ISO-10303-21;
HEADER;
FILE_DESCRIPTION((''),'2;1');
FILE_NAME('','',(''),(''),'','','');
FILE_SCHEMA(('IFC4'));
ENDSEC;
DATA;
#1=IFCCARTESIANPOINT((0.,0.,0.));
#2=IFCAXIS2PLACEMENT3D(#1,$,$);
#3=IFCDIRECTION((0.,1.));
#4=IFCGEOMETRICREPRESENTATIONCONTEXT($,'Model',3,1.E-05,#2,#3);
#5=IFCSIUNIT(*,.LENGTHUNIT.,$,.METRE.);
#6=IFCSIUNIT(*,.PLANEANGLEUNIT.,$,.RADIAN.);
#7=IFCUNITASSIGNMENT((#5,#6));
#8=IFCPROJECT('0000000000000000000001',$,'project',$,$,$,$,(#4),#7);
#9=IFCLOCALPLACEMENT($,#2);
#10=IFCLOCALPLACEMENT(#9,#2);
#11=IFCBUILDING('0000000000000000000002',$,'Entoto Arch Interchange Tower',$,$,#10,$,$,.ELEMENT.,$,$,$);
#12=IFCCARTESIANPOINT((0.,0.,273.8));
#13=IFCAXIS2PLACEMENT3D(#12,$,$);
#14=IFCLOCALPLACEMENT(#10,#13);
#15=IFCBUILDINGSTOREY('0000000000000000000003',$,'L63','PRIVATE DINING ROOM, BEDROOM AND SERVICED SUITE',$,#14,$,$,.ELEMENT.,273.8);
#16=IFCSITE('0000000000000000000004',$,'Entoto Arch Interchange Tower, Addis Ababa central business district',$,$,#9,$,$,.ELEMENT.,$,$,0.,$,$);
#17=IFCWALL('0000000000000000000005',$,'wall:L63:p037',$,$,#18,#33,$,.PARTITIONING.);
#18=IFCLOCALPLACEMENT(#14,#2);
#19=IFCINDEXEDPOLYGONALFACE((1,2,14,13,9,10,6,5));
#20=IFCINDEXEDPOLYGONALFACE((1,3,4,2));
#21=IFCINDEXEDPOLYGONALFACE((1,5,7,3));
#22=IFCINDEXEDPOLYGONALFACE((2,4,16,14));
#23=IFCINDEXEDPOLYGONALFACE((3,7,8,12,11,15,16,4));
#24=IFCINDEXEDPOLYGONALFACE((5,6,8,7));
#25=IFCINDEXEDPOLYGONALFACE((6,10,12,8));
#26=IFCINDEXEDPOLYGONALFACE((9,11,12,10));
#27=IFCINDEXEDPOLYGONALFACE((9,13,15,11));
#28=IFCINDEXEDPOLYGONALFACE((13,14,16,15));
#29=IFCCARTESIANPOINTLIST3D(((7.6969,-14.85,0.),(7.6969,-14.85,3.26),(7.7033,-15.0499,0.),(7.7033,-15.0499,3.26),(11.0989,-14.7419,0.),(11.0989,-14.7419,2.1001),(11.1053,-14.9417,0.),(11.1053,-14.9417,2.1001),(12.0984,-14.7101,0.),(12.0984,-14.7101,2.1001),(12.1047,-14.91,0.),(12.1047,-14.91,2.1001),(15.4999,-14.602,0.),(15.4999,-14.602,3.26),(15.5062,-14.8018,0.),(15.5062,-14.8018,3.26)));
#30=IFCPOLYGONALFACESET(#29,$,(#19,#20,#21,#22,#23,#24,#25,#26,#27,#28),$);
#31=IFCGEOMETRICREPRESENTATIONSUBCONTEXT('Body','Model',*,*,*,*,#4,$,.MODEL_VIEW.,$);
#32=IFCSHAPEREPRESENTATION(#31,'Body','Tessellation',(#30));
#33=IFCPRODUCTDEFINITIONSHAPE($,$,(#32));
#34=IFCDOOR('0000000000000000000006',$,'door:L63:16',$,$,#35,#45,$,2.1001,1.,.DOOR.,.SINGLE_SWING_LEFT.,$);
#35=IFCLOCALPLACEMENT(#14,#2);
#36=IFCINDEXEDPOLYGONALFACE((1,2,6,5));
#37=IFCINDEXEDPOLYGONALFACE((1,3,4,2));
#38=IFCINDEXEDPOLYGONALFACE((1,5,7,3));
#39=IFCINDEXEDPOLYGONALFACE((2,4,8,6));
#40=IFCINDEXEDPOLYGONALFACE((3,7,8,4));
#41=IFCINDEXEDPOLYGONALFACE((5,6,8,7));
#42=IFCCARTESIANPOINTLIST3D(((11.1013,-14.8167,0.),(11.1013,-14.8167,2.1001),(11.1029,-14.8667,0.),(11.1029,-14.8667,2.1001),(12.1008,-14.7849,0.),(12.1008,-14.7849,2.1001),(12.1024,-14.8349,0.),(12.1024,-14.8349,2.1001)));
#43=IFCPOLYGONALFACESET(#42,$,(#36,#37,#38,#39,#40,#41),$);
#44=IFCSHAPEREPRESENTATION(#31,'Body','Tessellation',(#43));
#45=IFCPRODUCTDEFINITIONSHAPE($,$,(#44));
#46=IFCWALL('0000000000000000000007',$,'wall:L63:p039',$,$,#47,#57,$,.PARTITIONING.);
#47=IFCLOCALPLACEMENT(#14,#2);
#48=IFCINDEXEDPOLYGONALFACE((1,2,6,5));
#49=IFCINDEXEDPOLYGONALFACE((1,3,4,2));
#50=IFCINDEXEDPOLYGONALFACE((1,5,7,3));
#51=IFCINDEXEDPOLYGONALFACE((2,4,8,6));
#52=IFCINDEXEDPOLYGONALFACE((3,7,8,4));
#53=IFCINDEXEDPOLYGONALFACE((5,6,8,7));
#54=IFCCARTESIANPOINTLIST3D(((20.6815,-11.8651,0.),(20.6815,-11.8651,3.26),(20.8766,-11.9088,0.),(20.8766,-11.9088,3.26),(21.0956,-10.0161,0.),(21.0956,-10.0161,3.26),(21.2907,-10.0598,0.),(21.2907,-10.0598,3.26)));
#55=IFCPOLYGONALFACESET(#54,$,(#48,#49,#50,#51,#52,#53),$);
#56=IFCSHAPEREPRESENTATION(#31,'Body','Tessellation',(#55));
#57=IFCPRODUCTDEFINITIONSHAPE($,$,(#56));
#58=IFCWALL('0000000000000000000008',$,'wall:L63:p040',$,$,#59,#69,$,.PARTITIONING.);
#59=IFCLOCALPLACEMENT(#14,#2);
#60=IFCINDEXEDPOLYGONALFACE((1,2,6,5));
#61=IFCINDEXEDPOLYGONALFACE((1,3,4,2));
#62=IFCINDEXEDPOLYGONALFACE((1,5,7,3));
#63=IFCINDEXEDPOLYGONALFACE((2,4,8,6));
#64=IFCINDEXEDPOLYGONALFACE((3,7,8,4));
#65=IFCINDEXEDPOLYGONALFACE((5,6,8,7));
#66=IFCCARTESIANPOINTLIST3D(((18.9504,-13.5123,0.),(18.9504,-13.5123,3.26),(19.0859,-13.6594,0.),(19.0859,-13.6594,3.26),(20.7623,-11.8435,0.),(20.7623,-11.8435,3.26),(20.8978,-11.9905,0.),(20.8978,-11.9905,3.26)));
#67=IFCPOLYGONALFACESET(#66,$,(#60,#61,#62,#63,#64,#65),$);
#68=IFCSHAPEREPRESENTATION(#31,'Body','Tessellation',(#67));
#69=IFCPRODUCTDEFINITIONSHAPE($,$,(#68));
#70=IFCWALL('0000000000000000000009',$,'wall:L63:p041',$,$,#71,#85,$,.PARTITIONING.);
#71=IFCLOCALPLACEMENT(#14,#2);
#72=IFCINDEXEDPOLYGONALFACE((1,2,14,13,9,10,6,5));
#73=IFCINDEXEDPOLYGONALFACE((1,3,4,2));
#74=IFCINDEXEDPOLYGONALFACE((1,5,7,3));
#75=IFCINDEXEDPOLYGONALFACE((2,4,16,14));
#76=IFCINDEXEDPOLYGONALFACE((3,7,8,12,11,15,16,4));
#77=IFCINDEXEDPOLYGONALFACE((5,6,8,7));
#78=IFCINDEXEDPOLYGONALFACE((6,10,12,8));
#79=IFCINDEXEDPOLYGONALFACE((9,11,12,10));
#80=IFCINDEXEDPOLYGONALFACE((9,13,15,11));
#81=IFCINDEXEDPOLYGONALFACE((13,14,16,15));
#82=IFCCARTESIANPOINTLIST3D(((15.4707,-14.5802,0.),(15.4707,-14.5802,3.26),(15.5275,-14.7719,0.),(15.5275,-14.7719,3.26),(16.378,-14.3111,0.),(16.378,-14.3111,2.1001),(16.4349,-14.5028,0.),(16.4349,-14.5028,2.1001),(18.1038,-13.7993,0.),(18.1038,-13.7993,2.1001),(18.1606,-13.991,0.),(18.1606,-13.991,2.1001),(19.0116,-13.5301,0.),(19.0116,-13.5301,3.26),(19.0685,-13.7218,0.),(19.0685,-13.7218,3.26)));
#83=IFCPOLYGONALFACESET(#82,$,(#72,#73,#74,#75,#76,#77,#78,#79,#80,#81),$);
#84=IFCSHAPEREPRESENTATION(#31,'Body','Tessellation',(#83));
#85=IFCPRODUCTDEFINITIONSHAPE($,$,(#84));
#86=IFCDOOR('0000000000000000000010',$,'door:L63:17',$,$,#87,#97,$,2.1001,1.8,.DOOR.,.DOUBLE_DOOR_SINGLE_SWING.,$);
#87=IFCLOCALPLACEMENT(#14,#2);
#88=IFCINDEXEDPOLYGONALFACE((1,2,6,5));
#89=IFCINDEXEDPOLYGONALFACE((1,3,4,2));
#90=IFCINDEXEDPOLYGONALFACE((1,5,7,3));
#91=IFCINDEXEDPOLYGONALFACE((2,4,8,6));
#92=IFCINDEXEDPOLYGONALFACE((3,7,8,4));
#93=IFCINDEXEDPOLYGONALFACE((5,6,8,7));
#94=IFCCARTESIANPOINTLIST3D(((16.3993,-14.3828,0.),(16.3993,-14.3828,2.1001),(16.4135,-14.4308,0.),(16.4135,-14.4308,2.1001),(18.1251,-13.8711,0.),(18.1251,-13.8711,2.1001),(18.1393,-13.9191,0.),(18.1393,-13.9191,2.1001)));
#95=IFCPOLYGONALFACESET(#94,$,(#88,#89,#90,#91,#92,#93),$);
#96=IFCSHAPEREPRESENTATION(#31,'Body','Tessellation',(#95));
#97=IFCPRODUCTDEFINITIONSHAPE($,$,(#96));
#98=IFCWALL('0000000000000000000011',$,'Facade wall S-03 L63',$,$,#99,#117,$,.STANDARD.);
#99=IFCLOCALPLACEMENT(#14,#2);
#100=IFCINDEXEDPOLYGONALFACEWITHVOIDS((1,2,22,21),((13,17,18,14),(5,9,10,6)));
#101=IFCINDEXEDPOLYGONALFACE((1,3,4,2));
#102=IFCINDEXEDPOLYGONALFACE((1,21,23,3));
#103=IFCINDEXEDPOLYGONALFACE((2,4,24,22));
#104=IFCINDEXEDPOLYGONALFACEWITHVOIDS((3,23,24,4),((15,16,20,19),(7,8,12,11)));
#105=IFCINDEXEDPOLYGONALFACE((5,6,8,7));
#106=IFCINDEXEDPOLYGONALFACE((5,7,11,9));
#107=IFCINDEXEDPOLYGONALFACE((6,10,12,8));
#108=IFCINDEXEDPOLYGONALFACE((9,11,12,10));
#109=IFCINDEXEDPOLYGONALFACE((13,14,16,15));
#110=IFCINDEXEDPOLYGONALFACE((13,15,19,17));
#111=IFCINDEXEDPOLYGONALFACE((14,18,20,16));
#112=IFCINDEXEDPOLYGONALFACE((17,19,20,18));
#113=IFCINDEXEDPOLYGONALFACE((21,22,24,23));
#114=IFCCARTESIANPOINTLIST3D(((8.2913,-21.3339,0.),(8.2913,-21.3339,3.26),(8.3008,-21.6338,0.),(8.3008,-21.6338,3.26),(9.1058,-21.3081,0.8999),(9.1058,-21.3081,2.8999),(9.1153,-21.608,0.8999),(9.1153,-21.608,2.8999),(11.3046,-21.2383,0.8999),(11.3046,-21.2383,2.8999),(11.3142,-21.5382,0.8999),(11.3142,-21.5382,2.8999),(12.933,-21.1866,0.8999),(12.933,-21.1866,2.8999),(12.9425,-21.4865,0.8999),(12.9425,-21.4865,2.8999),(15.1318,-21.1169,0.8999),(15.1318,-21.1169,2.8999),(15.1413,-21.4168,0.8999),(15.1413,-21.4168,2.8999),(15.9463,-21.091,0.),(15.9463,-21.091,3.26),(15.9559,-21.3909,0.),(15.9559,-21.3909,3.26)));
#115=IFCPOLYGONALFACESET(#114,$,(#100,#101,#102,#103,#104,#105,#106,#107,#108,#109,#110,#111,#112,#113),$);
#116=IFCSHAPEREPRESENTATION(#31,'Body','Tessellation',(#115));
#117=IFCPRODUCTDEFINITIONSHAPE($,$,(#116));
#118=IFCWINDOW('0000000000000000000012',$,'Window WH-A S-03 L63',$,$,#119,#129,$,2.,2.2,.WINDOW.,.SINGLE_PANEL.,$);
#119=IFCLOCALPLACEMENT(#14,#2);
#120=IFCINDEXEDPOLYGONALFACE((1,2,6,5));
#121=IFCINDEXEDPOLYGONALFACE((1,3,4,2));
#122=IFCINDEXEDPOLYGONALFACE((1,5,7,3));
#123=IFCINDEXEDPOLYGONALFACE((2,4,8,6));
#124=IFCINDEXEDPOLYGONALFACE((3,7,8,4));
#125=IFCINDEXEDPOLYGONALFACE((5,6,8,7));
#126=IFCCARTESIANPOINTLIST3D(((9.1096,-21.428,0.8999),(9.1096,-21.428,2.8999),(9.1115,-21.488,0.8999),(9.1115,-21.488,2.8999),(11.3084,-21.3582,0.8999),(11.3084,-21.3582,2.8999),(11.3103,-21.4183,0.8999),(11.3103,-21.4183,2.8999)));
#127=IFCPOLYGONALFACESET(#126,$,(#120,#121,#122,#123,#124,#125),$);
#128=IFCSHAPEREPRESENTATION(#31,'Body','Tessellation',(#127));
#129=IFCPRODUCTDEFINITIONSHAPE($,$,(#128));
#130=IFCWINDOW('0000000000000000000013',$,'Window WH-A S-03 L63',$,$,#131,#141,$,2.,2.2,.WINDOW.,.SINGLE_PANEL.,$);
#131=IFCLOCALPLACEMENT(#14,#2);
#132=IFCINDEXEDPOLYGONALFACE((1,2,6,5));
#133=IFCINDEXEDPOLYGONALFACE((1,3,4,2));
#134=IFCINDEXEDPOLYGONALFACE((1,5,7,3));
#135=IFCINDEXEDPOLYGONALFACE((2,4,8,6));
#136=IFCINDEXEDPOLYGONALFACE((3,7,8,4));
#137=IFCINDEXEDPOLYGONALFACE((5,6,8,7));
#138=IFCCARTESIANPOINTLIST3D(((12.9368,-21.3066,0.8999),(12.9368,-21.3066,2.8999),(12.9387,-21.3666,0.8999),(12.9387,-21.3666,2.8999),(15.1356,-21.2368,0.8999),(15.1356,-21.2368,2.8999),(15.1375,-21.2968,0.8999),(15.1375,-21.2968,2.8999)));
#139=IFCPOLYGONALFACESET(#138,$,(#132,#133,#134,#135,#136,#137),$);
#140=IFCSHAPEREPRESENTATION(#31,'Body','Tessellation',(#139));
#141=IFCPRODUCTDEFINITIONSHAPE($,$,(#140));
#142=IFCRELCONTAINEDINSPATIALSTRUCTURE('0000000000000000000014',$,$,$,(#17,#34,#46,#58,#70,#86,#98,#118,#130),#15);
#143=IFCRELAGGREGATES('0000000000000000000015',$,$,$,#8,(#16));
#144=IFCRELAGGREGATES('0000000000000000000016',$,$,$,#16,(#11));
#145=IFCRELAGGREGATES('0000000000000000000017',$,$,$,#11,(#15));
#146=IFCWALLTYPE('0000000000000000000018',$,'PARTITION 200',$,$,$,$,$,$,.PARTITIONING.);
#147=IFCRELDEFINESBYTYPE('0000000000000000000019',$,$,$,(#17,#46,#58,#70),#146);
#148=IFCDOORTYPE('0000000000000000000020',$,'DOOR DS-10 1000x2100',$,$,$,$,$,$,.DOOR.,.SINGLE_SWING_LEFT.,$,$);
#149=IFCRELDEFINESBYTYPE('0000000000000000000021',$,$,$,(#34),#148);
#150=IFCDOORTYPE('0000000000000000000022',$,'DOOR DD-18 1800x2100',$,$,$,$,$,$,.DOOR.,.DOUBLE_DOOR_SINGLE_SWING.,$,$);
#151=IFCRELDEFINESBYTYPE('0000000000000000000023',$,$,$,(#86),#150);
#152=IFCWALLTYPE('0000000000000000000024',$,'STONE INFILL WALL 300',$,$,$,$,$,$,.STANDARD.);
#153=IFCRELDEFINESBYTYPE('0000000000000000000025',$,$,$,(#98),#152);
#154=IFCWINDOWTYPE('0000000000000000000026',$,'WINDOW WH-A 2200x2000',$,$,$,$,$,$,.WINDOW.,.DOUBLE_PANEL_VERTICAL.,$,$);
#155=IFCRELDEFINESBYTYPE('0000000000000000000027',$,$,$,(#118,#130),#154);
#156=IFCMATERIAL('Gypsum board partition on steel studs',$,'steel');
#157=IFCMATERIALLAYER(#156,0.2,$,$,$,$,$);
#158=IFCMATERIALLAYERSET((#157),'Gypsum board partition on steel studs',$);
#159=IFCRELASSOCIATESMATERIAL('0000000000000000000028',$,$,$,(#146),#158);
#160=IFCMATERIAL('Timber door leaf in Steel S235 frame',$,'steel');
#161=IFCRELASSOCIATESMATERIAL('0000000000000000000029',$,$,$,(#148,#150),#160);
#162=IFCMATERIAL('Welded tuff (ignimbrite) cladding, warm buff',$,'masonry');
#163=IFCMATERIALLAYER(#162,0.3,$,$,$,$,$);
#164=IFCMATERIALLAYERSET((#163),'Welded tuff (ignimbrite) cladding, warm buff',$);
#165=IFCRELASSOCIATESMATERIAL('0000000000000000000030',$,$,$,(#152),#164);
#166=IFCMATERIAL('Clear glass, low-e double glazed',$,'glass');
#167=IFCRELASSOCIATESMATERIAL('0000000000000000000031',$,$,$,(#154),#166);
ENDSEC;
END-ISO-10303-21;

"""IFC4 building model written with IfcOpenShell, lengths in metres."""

from ifc_helpers import new_model, si_unit, direction, frame, frame_2d, origin, place, context, subcontext, project, spatial, rectangle, extrude, material, layer, layer_set, type_object, element, fill, save


model = new_model("IFC4")

# Units and contexts
model_context = context("Model", 3, precision=1e-05, world=origin(), true_north=direction((0.0, 1.0)))
body_context = subcontext(model_context, "Body", "Model", "MODEL_VIEW")
ifc_project = project(units=[si_unit("LENGTHUNIT", "METRE"), si_unit("PLANEANGLEUNIT", "RADIAN")], contexts=[model_context])

# Site, building, storey
site_placement = place(None, origin())
site = spatial("IfcSite", under=ifc_project, at=site_placement, Name="Entoto Arch Interchange Tower, Addis Ababa central business district", CompositionType="ELEMENT", RefElevation=0.0)
building_placement = place(site_placement, origin())
building = spatial("IfcBuilding", under=site, at=building_placement, Name="Entoto Arch Interchange Tower", CompositionType="ELEMENT")
storey_placement = place(building_placement, frame((0.0, 0.0, 273.8)))
storey = spatial("IfcBuildingStorey", under=building, at=storey_placement, Name="L63", Description="PRIVATE DINING ROOM, BEDROOM AND SERVICED SUITE", CompositionType="ELEMENT", Elevation=273.8)

# Shared definitions
ifc_material_1 = material(Name="Gypsum board partition on steel studs", Category="steel")
ifc_layer_1 = layer(ifc_material_1, 0.2)
ifc_layer_set_1 = layer_set([ifc_layer_1], Name="Gypsum board partition on steel studs")
wall_type_1 = type_object("IfcWallType", Name="PARTITION 200", PredefinedType="PARTITIONING", material=ifc_layer_set_1)

# Shared definitions
ifc_material_2 = material(Name="Timber door leaf in Steel S235 frame", Category="steel")
door_type_1 = type_object("IfcDoorType", Name="DOOR DS-10 1000x2100", OperationType="SINGLE_SWING_LEFT", PredefinedType="DOOR", material=ifc_material_2)

# Wall, opening, door
wall_1_placement = place(storey_placement, frame((15.5029, -14.7019, 0.0), z_axis=(0.0, 0.0, 1.0), x_axis=(-0.999495, -0.031773, 0.0)))
wall_1 = element("IfcWall", 1, at=wall_1_placement, inside=storey, type_object=wall_type_1, Name="wall:L63:p037", PredefinedType="PARTITIONING", context=body_context, shape_type="SweptSolid", body=[
    extrude(rectangle(XDim=7.8069, YDim=0.2, at=frame_2d((3.9033, 0.0))), origin(), (0.0, 0.0, 1.0), 3.26),
])
opening_1_placement = place(wall_1_placement, frame((3.4031, 0.0, 0.0)))
opening_1 = element("IfcOpeningElement", 2, at=opening_1_placement, cuts=wall_1, PredefinedType="OPENING", context=body_context, shape_type="SweptSolid", body=[
    extrude(rectangle(XDim=1.0, YDim=2.1001, at=frame_2d((0.5, 1.05))), frame((0.0, 0.1099, 0.0), z_axis=(0.0, -1.0, 0.0), x_axis=(1.0, 0.0, 0.0)), (0.0, 0.0, 1.0), 0.22),
])
door_1_placement = place(opening_1_placement, origin())
door_1 = element("IfcDoor", 3, at=door_1_placement, inside=storey, type_object=door_type_1, Name="door:L63:16", OperationType="SINGLE_SWING_LEFT", OverallHeight=2.1001, OverallWidth=1.0, PredefinedType="DOOR", context=body_context, shape_type="SweptSolid", body=[
    extrude(rectangle(XDim=1.0, YDim=2.1001, at=frame_2d((0.5, 1.05))), frame((0.0, 0.0249, 0.0), z_axis=(0.0, -1.0, 0.0), x_axis=(1.0, 0.0, 0.0)), (0.0, 0.0, 1.0), 0.05),
])
fill(opening_1, door_1)

# Walls
wall_2_placement = place(storey_placement, frame((21.1931, -10.0381, 0.0), z_axis=(0.0, 0.0, 1.0), x_axis=(-0.21854, -0.975828, 0.0)))
element("IfcWall", 4, at=wall_2_placement, inside=storey, type_object=wall_type_1, Name="wall:L63:p039", PredefinedType="PARTITIONING", context=body_context, shape_type="SweptSolid", body=[
    extrude(rectangle(XDim=1.8948, YDim=0.2, at=frame_2d((0.9473, 0.0))), origin(), (0.0, 0.0, 1.0), 3.26),
])
wall_3_placement = place(storey_placement, frame((20.8301, -11.917, 0.0), z_axis=(0.0, 0.0, 1.0), x_axis=(-0.735548, -0.677473, 0.0)))
element("IfcWall", 5, at=wall_3_placement, inside=storey, type_object=wall_type_1, Name="wall:L63:p040", PredefinedType="PARTITIONING", context=body_context, shape_type="SweptSolid", body=[
    extrude(rectangle(XDim=2.4634, YDim=0.2, at=frame_2d((1.2317, 0.0))), origin(), (0.0, 0.0, 1.0), 3.26),
])

# Wall, opening, door
wall_4_placement = place(storey_placement, frame((19.04, -13.626, 0.0), z_axis=(0.0, 0.0, 1.0), x_axis=(-0.958735, -0.284302, 0.0)))
wall_4 = element("IfcWall", 6, at=wall_4_placement, inside=storey, type_object=wall_type_1, Name="wall:L63:p041", PredefinedType="PARTITIONING", context=body_context, shape_type="SweptSolid", body=[
    extrude(rectangle(XDim=3.6934, YDim=0.2, at=frame_2d((1.8467, 0.0))), origin(), (0.0, 0.0, 1.0), 3.26),
])
opening_2_placement = place(wall_4_placement, frame((0.947, 0.0, 0.0)))
opening_2 = element("IfcOpeningElement", 7, at=opening_2_placement, cuts=wall_4, PredefinedType="OPENING", context=body_context, shape_type="SweptSolid", body=[
    extrude(rectangle(XDim=1.8, YDim=2.1001, at=frame_2d((0.8999, 1.05))), frame((0.0, 0.1099, 0.0), z_axis=(0.0, -1.0, 0.0), x_axis=(1.0, 0.0, 0.0)), (0.0, 0.0, 1.0), 0.22),
])
door_type_2 = type_object("IfcDoorType", Name="DOOR DD-18 1800x2100", OperationType="DOUBLE_DOOR_SINGLE_SWING", PredefinedType="DOOR", material=ifc_material_2)
door_2_placement = place(opening_2_placement, origin())
door_2 = element("IfcDoor", 8, at=door_2_placement, inside=storey, type_object=door_type_2, Name="door:L63:17", OperationType="DOUBLE_DOOR_SINGLE_SWING", OverallHeight=2.1001, OverallWidth=1.8, PredefinedType="DOOR", context=body_context, shape_type="SweptSolid", body=[
    extrude(rectangle(XDim=1.8, YDim=2.1001, at=frame_2d((0.8999, 1.05))), frame((0.0, 0.0249, 0.0), z_axis=(0.0, -1.0, 0.0), x_axis=(1.0, 0.0, 0.0)), (0.0, 0.0, 1.0), 0.05),
])
fill(opening_2, door_2)

# Wall, openings, windows
ifc_material_3 = material(Name="Welded tuff (ignimbrite) cladding, warm buff", Category="masonry")
ifc_layer_2 = layer(ifc_material_3, 0.3)
ifc_layer_set_2 = layer_set([ifc_layer_2], Name="Welded tuff (ignimbrite) cladding, warm buff")
wall_type_2 = type_object("IfcWallType", Name="STONE INFILL WALL 300", PredefinedType="STANDARD", material=ifc_layer_set_2)
wall_5_placement = place(storey_placement, frame((8.2959, -21.4839, 0.0), z_axis=(0.0, 0.0, 1.0), x_axis=(0.999497, 0.031717, 0.0)))
wall_5 = element("IfcWall", 9, at=wall_5_placement, inside=storey, type_object=wall_type_2, Name="Facade wall S-03 L63", PredefinedType="STANDARD", context=body_context, shape_type="SweptSolid", body=[
    extrude(rectangle(XDim=7.6589, YDim=0.3, at=frame_2d((3.8296, 0.0))), origin(), (0.0, 0.0, 1.0), 3.26),
])
opening_3_placement = place(wall_5_placement, frame((0.8149, 0.0, 0.8999)))
opening_3 = element("IfcOpeningElement", 10, at=opening_3_placement, cuts=wall_5, PredefinedType="OPENING", context=body_context, shape_type="SweptSolid", body=[
    extrude(rectangle(XDim=2.2, YDim=2.0, at=frame_2d((1.1001, 1.0))), frame((0.0, 0.1602, 0.0), z_axis=(0.0, -1.0, 0.0), x_axis=(1.0, 0.0, 0.0)), (0.0, 0.0, 1.0), 0.3201),
])
opening_4_placement = place(wall_5_placement, frame((4.644, 0.0, 0.8999)))
opening_4 = element("IfcOpeningElement", 11, at=opening_4_placement, cuts=wall_5, PredefinedType="OPENING", context=body_context, shape_type="SweptSolid", body=[
    extrude(rectangle(XDim=2.2, YDim=2.0, at=frame_2d((1.1001, 1.0))), frame((0.0, 0.1602, 0.0), z_axis=(0.0, -1.0, 0.0), x_axis=(1.0, 0.0, 0.0)), (0.0, 0.0, 1.0), 0.3201),
])
ifc_material_4 = material(Name="Clear glass, low-e double glazed", Category="glass")
window_type_1 = type_object("IfcWindowType", Name="WINDOW WH-A 2200x2000", PartitioningType="DOUBLE_PANEL_VERTICAL", PredefinedType="WINDOW", material=ifc_material_4)
window_1_placement = place(opening_3_placement, origin())
window_1 = element("IfcWindow", 12, at=window_1_placement, inside=storey, type_object=window_type_1, Name="Window WH-A S-03 L63", OverallHeight=2.0, OverallWidth=2.2, PartitioningType="SINGLE_PANEL", PredefinedType="WINDOW", context=body_context, shape_type="SweptSolid", body=[
    extrude(rectangle(XDim=2.2, YDim=2.0, at=frame_2d((1.1001, 1.0))), frame((0.0, 0.03, 0.0), z_axis=(0.0, -1.0, 0.0), x_axis=(1.0, 0.0, 0.0)), (0.0, 0.0, 1.0), 0.0601),
])
fill(opening_3, window_1)
window_2_placement = place(opening_4_placement, origin())
window_2 = element("IfcWindow", 13, at=window_2_placement, inside=storey, type_object=window_type_1, Name="Window WH-A S-03 L63", OverallHeight=2.0, OverallWidth=2.2, PartitioningType="SINGLE_PANEL", PredefinedType="WINDOW", context=body_context, shape_type="SweptSolid", body=[
    extrude(rectangle(XDim=2.2, YDim=2.0, at=frame_2d((1.1001, 1.0))), frame((0.0, 0.03, 0.0), z_axis=(0.0, -1.0, 0.0), x_axis=(1.0, 0.0, 0.0)), (0.0, 0.0, 1.0), 0.0601),
])
fill(opening_4, window_2)

save(model, "model.ifc")
